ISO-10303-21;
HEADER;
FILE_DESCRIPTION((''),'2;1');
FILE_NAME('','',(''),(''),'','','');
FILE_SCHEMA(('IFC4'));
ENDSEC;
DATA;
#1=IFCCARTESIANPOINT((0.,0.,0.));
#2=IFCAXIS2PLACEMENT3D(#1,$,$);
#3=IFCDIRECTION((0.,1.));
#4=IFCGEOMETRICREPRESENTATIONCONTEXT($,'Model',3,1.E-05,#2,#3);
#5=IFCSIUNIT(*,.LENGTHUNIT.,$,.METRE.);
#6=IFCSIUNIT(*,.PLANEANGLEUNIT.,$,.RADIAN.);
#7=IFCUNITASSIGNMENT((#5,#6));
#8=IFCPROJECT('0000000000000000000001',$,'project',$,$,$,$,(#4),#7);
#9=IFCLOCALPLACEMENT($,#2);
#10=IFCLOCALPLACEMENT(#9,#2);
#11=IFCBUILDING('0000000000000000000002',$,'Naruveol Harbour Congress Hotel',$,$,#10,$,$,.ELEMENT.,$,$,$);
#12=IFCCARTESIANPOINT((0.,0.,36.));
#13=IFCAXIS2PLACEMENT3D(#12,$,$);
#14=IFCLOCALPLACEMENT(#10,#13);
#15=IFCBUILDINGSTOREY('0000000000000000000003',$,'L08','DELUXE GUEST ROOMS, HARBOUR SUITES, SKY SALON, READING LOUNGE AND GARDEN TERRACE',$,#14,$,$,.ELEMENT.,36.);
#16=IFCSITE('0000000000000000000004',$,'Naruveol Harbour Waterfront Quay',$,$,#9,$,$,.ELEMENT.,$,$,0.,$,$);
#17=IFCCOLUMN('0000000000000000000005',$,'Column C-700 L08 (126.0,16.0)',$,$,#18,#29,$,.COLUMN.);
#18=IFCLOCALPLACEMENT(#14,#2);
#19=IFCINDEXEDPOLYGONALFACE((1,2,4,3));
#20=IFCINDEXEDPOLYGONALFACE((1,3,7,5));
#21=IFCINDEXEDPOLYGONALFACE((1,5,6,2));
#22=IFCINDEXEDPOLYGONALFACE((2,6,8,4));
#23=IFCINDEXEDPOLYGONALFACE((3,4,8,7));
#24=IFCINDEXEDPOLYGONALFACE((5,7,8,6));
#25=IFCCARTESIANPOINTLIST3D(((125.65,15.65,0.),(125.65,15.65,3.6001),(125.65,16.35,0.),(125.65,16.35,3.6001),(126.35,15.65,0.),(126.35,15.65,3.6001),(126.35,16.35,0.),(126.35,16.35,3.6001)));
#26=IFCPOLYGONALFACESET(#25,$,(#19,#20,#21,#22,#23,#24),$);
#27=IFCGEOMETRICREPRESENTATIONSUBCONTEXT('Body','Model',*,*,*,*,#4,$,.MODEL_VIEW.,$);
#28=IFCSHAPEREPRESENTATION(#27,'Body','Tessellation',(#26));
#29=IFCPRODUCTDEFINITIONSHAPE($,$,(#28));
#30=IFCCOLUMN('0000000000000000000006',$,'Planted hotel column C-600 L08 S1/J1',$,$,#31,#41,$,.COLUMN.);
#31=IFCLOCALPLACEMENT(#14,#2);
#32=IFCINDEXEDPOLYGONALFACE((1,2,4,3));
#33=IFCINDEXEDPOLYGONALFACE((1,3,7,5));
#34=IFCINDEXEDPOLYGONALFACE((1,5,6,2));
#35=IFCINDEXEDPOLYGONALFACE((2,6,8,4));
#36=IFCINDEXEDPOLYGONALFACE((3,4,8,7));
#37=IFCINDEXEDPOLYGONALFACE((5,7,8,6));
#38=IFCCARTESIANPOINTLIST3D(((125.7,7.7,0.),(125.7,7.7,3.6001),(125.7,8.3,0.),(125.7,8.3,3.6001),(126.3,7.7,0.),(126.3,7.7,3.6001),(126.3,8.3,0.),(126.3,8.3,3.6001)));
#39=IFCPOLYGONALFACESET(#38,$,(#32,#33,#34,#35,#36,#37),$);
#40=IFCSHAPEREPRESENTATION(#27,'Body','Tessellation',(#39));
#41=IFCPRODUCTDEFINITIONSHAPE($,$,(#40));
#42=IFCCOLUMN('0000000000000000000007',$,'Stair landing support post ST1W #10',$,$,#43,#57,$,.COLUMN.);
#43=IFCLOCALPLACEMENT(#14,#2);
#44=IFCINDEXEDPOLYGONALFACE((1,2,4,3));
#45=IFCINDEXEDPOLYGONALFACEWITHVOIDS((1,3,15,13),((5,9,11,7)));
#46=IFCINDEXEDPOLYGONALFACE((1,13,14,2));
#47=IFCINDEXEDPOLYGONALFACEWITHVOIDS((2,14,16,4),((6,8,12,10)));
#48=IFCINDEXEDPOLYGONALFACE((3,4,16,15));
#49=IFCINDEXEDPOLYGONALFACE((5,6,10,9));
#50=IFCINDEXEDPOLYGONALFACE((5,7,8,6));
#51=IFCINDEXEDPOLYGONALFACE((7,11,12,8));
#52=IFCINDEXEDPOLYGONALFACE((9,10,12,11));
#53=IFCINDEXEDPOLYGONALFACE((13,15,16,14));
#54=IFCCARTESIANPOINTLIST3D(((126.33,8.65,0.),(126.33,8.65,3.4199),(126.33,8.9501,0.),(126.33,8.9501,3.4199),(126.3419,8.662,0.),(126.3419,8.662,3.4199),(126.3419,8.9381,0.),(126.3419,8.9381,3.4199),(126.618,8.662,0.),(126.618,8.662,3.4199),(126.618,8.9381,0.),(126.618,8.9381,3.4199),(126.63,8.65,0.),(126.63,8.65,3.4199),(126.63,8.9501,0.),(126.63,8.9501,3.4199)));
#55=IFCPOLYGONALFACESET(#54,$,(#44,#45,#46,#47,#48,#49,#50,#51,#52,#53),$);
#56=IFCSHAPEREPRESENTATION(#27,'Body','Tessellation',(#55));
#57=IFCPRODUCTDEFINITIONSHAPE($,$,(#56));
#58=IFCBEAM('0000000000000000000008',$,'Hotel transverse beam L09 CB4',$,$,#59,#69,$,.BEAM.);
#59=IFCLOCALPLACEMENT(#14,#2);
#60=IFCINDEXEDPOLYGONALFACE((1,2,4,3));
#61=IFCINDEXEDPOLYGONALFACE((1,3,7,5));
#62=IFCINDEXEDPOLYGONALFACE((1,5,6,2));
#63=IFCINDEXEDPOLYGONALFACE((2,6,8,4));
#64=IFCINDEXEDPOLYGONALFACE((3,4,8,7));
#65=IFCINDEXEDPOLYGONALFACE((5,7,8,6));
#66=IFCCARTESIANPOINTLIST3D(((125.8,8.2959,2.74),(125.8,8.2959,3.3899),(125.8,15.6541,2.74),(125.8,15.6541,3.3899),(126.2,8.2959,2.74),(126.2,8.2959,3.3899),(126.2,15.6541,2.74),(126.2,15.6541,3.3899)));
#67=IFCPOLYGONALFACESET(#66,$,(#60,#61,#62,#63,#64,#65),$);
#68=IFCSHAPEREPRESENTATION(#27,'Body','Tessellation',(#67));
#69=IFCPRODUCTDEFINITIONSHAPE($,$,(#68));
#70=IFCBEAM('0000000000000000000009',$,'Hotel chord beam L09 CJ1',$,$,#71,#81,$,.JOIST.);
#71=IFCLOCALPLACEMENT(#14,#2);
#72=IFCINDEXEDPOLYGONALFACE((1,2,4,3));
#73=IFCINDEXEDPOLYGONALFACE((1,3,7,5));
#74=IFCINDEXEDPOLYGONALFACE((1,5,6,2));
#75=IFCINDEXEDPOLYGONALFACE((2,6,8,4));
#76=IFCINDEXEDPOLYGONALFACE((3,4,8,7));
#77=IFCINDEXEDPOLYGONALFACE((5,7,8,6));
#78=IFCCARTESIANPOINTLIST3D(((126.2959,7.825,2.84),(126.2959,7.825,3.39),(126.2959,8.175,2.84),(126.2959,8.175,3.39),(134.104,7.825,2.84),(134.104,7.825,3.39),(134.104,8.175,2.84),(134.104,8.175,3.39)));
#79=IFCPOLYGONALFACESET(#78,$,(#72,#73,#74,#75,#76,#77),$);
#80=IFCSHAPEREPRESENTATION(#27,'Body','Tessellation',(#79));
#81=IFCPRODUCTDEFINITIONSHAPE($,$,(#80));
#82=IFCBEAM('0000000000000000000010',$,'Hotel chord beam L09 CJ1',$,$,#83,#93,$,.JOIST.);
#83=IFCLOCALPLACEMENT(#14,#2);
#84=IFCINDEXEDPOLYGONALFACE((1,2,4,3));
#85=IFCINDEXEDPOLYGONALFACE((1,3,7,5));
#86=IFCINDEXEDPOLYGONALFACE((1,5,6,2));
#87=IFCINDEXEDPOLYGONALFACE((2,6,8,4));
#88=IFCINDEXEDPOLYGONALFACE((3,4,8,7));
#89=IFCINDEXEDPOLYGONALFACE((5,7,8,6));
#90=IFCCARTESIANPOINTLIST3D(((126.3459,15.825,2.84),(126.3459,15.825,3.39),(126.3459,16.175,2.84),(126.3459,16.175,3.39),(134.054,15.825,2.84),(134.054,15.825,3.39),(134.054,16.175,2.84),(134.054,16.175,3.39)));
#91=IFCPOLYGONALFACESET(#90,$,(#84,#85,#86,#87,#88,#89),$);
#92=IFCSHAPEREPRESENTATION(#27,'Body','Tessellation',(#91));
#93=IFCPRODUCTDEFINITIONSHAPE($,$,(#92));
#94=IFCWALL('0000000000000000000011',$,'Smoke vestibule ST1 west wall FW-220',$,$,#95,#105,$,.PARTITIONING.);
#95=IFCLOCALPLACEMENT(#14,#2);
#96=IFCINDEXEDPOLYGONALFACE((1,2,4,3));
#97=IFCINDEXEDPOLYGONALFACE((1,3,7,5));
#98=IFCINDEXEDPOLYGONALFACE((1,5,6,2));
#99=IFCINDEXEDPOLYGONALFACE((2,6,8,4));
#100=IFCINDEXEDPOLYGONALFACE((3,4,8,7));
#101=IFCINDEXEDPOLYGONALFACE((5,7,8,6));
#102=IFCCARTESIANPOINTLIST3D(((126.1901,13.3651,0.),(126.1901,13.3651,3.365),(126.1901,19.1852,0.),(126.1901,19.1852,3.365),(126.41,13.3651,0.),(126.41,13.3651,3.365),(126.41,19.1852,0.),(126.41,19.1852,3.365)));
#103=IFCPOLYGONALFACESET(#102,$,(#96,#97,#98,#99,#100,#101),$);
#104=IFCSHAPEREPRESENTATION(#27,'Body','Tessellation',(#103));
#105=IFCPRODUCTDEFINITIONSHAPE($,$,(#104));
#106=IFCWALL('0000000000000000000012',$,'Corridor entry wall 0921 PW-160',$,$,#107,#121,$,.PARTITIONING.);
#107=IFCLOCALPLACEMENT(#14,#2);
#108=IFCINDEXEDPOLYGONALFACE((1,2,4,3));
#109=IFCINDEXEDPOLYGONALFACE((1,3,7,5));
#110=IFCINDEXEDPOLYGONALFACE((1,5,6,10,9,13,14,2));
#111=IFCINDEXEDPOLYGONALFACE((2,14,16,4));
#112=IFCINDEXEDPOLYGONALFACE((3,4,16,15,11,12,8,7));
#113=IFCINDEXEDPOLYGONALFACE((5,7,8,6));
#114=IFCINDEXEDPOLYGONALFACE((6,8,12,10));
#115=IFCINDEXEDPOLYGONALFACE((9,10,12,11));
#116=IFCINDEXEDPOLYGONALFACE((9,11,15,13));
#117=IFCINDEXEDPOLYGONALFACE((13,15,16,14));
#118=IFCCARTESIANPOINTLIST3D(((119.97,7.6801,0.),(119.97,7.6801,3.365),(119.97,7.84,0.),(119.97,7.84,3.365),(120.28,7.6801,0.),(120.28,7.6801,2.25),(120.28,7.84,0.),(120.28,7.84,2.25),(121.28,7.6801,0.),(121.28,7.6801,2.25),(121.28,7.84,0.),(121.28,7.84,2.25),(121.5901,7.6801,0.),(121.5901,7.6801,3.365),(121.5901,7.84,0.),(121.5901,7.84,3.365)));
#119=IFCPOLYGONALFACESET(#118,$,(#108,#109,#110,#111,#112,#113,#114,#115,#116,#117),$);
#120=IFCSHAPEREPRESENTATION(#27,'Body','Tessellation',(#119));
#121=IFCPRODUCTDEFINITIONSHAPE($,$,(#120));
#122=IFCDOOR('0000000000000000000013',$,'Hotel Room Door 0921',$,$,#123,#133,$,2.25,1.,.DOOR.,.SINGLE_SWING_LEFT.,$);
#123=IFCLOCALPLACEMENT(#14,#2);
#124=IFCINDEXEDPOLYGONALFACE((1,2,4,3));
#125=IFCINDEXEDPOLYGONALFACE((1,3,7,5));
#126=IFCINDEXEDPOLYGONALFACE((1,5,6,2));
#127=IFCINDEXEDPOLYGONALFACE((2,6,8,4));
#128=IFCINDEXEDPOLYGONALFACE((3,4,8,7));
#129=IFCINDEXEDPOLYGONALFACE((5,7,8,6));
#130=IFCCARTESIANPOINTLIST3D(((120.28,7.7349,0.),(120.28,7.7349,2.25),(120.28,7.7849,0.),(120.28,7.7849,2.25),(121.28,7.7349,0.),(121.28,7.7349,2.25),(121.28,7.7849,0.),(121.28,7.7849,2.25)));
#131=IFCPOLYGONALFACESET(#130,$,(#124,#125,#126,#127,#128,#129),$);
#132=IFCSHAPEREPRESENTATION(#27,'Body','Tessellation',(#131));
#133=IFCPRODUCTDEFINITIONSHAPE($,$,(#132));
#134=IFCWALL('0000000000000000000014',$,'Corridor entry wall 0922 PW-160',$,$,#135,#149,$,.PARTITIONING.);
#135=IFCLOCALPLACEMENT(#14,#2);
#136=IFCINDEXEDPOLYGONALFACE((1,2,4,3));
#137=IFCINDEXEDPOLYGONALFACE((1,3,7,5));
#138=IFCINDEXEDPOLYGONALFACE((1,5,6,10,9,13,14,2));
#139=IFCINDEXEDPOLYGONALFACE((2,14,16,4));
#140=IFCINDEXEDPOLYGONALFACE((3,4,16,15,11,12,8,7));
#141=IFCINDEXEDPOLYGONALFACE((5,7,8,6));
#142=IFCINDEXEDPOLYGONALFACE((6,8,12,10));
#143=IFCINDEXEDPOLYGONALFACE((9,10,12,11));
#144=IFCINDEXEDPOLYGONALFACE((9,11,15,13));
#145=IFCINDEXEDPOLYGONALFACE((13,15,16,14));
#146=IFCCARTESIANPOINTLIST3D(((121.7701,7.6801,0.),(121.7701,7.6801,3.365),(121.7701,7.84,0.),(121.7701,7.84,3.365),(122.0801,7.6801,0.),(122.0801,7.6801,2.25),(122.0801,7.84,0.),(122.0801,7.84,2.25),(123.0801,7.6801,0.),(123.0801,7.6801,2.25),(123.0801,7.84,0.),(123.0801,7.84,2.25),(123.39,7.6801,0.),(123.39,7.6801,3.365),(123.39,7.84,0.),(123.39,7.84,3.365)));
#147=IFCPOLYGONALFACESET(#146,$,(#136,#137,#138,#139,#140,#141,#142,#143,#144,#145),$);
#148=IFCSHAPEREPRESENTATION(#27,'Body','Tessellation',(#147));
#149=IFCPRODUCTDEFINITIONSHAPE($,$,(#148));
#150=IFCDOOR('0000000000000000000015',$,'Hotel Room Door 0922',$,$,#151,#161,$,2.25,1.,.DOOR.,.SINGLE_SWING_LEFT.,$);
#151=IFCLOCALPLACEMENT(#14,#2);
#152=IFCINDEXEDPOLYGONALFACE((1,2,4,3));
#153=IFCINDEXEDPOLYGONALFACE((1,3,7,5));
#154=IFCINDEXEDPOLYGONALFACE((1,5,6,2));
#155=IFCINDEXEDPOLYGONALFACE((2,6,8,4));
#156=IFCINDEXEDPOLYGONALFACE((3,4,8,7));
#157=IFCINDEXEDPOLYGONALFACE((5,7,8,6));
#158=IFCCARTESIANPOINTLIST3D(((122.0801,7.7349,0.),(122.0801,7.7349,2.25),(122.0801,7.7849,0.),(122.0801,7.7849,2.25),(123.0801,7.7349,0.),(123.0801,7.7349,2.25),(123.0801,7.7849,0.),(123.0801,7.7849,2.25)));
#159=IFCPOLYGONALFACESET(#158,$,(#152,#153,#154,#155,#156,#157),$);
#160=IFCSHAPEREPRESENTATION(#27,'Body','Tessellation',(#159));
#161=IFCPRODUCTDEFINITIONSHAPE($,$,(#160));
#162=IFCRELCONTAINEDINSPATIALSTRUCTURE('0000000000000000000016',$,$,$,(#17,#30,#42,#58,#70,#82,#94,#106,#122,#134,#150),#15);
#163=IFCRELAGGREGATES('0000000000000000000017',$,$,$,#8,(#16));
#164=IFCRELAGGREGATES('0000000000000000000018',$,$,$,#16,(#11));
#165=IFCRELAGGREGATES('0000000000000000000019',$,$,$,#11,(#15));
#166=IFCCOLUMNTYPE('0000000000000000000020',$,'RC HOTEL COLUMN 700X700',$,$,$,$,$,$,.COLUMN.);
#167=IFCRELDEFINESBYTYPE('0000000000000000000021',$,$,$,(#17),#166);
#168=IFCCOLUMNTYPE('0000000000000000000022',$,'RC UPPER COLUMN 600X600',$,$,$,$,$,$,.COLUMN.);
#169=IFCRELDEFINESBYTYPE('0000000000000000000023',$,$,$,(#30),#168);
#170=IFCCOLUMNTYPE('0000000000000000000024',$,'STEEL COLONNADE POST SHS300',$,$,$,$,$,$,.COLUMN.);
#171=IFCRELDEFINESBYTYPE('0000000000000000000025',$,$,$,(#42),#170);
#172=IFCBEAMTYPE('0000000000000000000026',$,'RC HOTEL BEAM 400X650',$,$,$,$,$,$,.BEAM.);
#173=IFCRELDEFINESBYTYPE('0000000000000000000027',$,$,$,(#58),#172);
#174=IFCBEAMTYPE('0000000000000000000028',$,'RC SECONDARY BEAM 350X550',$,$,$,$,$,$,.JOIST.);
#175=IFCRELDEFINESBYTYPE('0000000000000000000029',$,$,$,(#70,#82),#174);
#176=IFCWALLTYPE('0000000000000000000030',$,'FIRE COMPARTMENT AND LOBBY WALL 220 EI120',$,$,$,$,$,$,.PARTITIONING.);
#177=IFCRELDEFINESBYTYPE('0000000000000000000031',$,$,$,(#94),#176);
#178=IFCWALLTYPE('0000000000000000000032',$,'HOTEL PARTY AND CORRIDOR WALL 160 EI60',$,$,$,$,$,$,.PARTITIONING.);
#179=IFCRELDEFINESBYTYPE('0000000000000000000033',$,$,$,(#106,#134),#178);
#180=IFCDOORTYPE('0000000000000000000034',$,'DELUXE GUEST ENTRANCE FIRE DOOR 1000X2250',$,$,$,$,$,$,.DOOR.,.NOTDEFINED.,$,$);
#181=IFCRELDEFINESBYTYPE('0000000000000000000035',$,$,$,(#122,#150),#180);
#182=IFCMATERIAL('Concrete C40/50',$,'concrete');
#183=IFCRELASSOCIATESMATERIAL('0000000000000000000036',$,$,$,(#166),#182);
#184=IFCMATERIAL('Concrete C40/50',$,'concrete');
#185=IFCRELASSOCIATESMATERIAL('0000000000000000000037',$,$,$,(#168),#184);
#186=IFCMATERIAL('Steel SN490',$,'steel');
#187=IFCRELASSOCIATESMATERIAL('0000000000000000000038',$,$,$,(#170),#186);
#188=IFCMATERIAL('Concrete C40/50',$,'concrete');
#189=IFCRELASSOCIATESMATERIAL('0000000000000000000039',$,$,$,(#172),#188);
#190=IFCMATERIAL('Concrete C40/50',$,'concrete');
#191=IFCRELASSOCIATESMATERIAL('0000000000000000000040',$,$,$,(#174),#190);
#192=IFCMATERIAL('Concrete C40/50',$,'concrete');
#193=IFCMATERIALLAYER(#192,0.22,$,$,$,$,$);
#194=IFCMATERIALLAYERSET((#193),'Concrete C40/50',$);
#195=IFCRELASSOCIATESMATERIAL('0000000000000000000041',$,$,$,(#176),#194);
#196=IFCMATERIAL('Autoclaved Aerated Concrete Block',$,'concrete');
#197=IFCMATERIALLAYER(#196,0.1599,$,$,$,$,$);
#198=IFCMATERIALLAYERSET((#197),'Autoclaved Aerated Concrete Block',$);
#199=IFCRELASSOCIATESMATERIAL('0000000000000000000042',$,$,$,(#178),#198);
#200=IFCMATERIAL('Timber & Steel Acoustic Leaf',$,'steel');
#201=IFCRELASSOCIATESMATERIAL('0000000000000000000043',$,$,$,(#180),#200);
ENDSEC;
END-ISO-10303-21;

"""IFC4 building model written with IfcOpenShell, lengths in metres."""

from ifc_helpers import new_model, si_unit, direction, frame, frame_2d, origin, origin_2d, place, context, subcontext, project, spatial, rectangle, hollow_rectangle, extrude, material, layer, layer_set, material_profile, profile_set, type_object, element, fill, save


model = new_model("IFC4")

# Units and contexts
model_context = context("Model", 3, precision=1e-05, world=origin(), true_north=direction((0.0, 1.0)))
body_context = subcontext(model_context, "Body", "Model", "MODEL_VIEW")
ifc_project = project(units=[si_unit("LENGTHUNIT", "METRE"), si_unit("PLANEANGLEUNIT", "RADIAN")], contexts=[model_context])

# Site, building, storey
site_placement = place(None, origin())
site = spatial("IfcSite", under=ifc_project, at=site_placement, Name="Naruveol Harbour Waterfront Quay", CompositionType="ELEMENT", RefElevation=0.0)
building_placement = place(site_placement, origin())
building = spatial("IfcBuilding", under=site, at=building_placement, Name="Naruveol Harbour Congress Hotel", CompositionType="ELEMENT")
storey_placement = place(building_placement, frame((0.0, 0.0, 36.0)))
storey = spatial("IfcBuildingStorey", under=building, at=storey_placement, Name="L08", Description="DELUXE GUEST ROOMS, HARBOUR SUITES, SKY SALON, READING LOUNGE AND GARDEN TERRACE", CompositionType="ELEMENT", Elevation=36.0)

# Columns
ifc_material_1 = material(Name="Concrete C40/50", Category="concrete")
ifc_material_profile_1 = material_profile(ifc_material_1, rectangle(XDim=0.7, YDim=0.7, at=origin_2d()), Name="RC-700x700")
ifc_profile_set_1 = profile_set([ifc_material_profile_1], Name="Concrete C40/50")
column_type_1 = type_object("IfcColumnType", Name="RC HOTEL COLUMN 700X700", PredefinedType="COLUMN", material=ifc_profile_set_1)
column_1_placement = place(storey_placement, frame((126.0, 16.0, 0.0), z_axis=(0.0, 0.0, 1.0), x_axis=(1.0, 0.0, 0.0)))
element("IfcColumn", 1, at=column_1_placement, inside=storey, type_object=column_type_1, Name="Column C-700 L08 (126.0,16.0)", PredefinedType="COLUMN", context=body_context, shape_type="SweptSolid", body=[
    extrude(rectangle(XDim=0.7, YDim=0.7, at=origin_2d()), origin(), (0.0, 0.0, 1.0), 3.6001),
])
ifc_material_2 = material(Name="Concrete C40/50", Category="concrete")
ifc_material_profile_2 = material_profile(ifc_material_2, rectangle(XDim=0.6001, YDim=0.6001, at=origin_2d()), Name="RC-600x600")
ifc_profile_set_2 = profile_set([ifc_material_profile_2], Name="Concrete C40/50")
column_type_2 = type_object("IfcColumnType", Name="RC UPPER COLUMN 600X600", PredefinedType="COLUMN", material=ifc_profile_set_2)
column_2_placement = place(storey_placement, frame((126.0, 8.0, 0.0), z_axis=(0.0, 0.0, 1.0), x_axis=(1.0, 0.0, 0.0)))
element("IfcColumn", 2, at=column_2_placement, inside=storey, type_object=column_type_2, Name="Planted hotel column C-600 L08 S1/J1", PredefinedType="COLUMN", context=body_context, shape_type="SweptSolid", body=[
    extrude(rectangle(XDim=0.6001, YDim=0.6001, at=origin_2d()), origin(), (0.0, 0.0, 1.0), 3.6001),
])
ifc_material_3 = material(Name="Steel SN490", Category="steel")
ifc_material_profile_3 = material_profile(ifc_material_3, hollow_rectangle(XDim=0.3, YDim=0.3, WallThickness=0.012, at=origin_2d()), Name="SHS-300x300x12")
ifc_profile_set_3 = profile_set([ifc_material_profile_3], Name="Steel SN490")
column_type_3 = type_object("IfcColumnType", Name="STEEL COLONNADE POST SHS300", PredefinedType="COLUMN", material=ifc_profile_set_3)
column_3_placement = place(storey_placement, frame((126.48, 8.8, 0.0), z_axis=(0.0, 0.0, 1.0), x_axis=(1.0, 0.0, 0.0)))
element("IfcColumn", 3, at=column_3_placement, inside=storey, type_object=column_type_3, Name="Stair landing support post ST1W #10", PredefinedType="COLUMN", context=body_context, shape_type="SweptSolid", body=[
    extrude(hollow_rectangle(XDim=0.3, YDim=0.3, WallThickness=0.012, at=origin_2d()), origin(), (0.0, 0.0, 1.0), 3.4199),
])

# Beams
ifc_material_4 = material(Name="Concrete C40/50", Category="concrete")
ifc_material_profile_4 = material_profile(ifc_material_4, rectangle(XDim=0.3999, YDim=0.6499, at=origin_2d()), Name="RCB-400x650")
ifc_profile_set_4 = profile_set([ifc_material_profile_4], Name="Concrete C40/50")
beam_type_1 = type_object("IfcBeamType", Name="RC HOTEL BEAM 400X650", PredefinedType="BEAM", material=ifc_profile_set_4)
beam_1_placement = place(storey_placement, frame((126.0, 8.2959, 3.0649), z_axis=(0.0, 1.0, 0.0), x_axis=(-1.0, 0.0, 0.0)))
element("IfcBeam", 4, at=beam_1_placement, inside=storey, type_object=beam_type_1, Name="Hotel transverse beam L09 CB4", PredefinedType="BEAM", context=body_context, shape_type="SweptSolid", body=[
    extrude(rectangle(XDim=0.3999, YDim=0.6499, at=origin_2d()), origin(), (0.0, 0.0, 1.0), 7.3582),
])
ifc_material_5 = material(Name="Concrete C40/50", Category="concrete")
ifc_material_profile_5 = material_profile(ifc_material_5, rectangle(XDim=0.3501, YDim=0.55, at=origin_2d()), Name="RCB-350x550")
ifc_profile_set_5 = profile_set([ifc_material_profile_5], Name="Concrete C40/50")
beam_type_2 = type_object("IfcBeamType", Name="RC SECONDARY BEAM 350X550", PredefinedType="JOIST", material=ifc_profile_set_5)
beam_2_placement = place(storey_placement, frame((126.2959, 8.0, 3.115), z_axis=(1.0, 0.0, 0.0), x_axis=(0.0, 1.0, 0.0)))
element("IfcBeam", 5, at=beam_2_placement, inside=storey, type_object=beam_type_2, Name="Hotel chord beam L09 CJ1", PredefinedType="JOIST", context=body_context, shape_type="SweptSolid", body=[
    extrude(rectangle(XDim=0.3501, YDim=0.55, at=origin_2d()), origin(), (0.0, 0.0, 1.0), 7.8081),
])
beam_3_placement = place(storey_placement, frame((126.3459, 16.0, 3.115), z_axis=(1.0, 0.0, 0.0), x_axis=(0.0, 1.0, 0.0)))
element("IfcBeam", 6, at=beam_3_placement, inside=storey, type_object=beam_type_2, Name="Hotel chord beam L09 CJ1", PredefinedType="JOIST", context=body_context, shape_type="SweptSolid", body=[
    extrude(rectangle(XDim=0.3501, YDim=0.55, at=origin_2d()), origin(), (0.0, 0.0, 1.0), 7.708),
])

# Wall
ifc_material_6 = material(Name="Concrete C40/50", Category="concrete")
ifc_layer_1 = layer(ifc_material_6, 0.22)
ifc_layer_set_1 = layer_set([ifc_layer_1], Name="Concrete C40/50")
wall_type_1 = type_object("IfcWallType", Name="FIRE COMPARTMENT AND LOBBY WALL 220 EI120", PredefinedType="PARTITIONING", material=ifc_layer_set_1)
wall_1_placement = place(storey_placement, frame((126.3, 13.365, 0.0), z_axis=(0.0, 0.0, 1.0), x_axis=(0.0, 1.0, 0.0)))
element("IfcWall", 7, at=wall_1_placement, inside=storey, type_object=wall_type_1, Name="Smoke vestibule ST1 west wall FW-220", PredefinedType="PARTITIONING", context=body_context, shape_type="SweptSolid", body=[
    extrude(rectangle(XDim=5.8201, YDim=0.22, at=frame_2d((2.9102, 0.0))), origin(), (0.0, 0.0, 1.0), 3.365),
])

# Walls, openings, doors
ifc_material_7 = material(Name="Autoclaved Aerated Concrete Block", Category="concrete")
ifc_layer_2 = layer(ifc_material_7, 0.1599)
ifc_layer_set_2 = layer_set([ifc_layer_2], Name="Autoclaved Aerated Concrete Block")
wall_type_2 = type_object("IfcWallType", Name="HOTEL PARTY AND CORRIDOR WALL 160 EI60", PredefinedType="PARTITIONING", material=ifc_layer_set_2)
wall_2_placement = place(storey_placement, frame((119.97, 7.76, 0.0), z_axis=(0.0, 0.0, 1.0), x_axis=(1.0, 0.0, 0.0)))
wall_2 = element("IfcWall", 8, at=wall_2_placement, inside=storey, type_object=wall_type_2, Name="Corridor entry wall 0921 PW-160", PredefinedType="PARTITIONING", context=body_context, shape_type="SweptSolid", body=[
    extrude(rectangle(XDim=1.6201, YDim=0.1599, at=frame_2d((0.8101, 0.0))), origin(), (0.0, 0.0, 1.0), 3.365),
])
opening_1_placement = place(wall_2_placement, frame((0.3101, 0.0, 0.0)))
opening_1 = element("IfcOpeningElement", 9, at=opening_1_placement, cuts=wall_2, PredefinedType="OPENING", context=body_context, shape_type="SweptSolid", body=[
    extrude(rectangle(XDim=1.0, YDim=2.25, at=frame_2d((0.5, 1.125))), frame((0.0, 0.0898, 0.0), z_axis=(0.0, -1.0, 0.0), x_axis=(1.0, 0.0, 0.0)), (0.0, 0.0, 1.0), 0.1799),
])
ifc_material_8 = material(Name="Timber & Steel Acoustic Leaf", Category="steel")
door_type_1 = type_object("IfcDoorType", Name="DELUXE GUEST ENTRANCE FIRE DOOR 1000X2250", OperationType="NOTDEFINED", PredefinedType="DOOR", material=ifc_material_8)
door_1_placement = place(opening_1_placement, origin())
door_1 = element("IfcDoor", 10, at=door_1_placement, inside=storey, type_object=door_type_1, Name="Hotel Room Door 0921", OperationType="SINGLE_SWING_LEFT", OverallHeight=2.25, OverallWidth=1.0, PredefinedType="DOOR", context=body_context, shape_type="SweptSolid", body=[
    extrude(rectangle(XDim=1.0, YDim=2.25, at=frame_2d((0.5, 1.125))), frame((0.0, 0.0249, 0.0), z_axis=(0.0, -1.0, 0.0), x_axis=(1.0, 0.0, 0.0)), (0.0, 0.0, 1.0), 0.05),
])
fill(opening_1, door_1)
wall_3_placement = place(storey_placement, frame((121.77, 7.76, 0.0), z_axis=(0.0, 0.0, 1.0), x_axis=(1.0, 0.0, 0.0)))
wall_3 = element("IfcWall", 11, at=wall_3_placement, inside=storey, type_object=wall_type_2, Name="Corridor entry wall 0922 PW-160", PredefinedType="PARTITIONING", context=body_context, shape_type="SweptSolid", body=[
    extrude(rectangle(XDim=1.6199, YDim=0.1599, at=frame_2d((0.8101, 0.0))), origin(), (0.0, 0.0, 1.0), 3.365),
])
opening_2_placement = place(wall_3_placement, frame((0.3101, 0.0, 0.0)))
opening_2 = element("IfcOpeningElement", 12, at=opening_2_placement, cuts=wall_3, PredefinedType="OPENING", context=body_context, shape_type="SweptSolid", body=[
    extrude(rectangle(XDim=1.0, YDim=2.25, at=frame_2d((0.5, 1.125))), frame((0.0, 0.0898, 0.0), z_axis=(0.0, -1.0, 0.0), x_axis=(1.0, 0.0, 0.0)), (0.0, 0.0, 1.0), 0.1799),
])
door_2_placement = place(opening_2_placement, origin())
door_2 = element("IfcDoor", 13, at=door_2_placement, inside=storey, type_object=door_type_1, Name="Hotel Room Door 0922", OperationType="SINGLE_SWING_LEFT", OverallHeight=2.25, OverallWidth=1.0, PredefinedType="DOOR", context=body_context, shape_type="SweptSolid", body=[
    extrude(rectangle(XDim=1.0, YDim=2.25, at=frame_2d((0.5, 1.125))), frame((0.0, 0.0249, 0.0), z_axis=(0.0, -1.0, 0.0), x_axis=(1.0, 0.0, 0.0)), (0.0, 0.0, 1.0), 0.05),
])
fill(opening_2, door_2)

save(model, "model.ifc")
